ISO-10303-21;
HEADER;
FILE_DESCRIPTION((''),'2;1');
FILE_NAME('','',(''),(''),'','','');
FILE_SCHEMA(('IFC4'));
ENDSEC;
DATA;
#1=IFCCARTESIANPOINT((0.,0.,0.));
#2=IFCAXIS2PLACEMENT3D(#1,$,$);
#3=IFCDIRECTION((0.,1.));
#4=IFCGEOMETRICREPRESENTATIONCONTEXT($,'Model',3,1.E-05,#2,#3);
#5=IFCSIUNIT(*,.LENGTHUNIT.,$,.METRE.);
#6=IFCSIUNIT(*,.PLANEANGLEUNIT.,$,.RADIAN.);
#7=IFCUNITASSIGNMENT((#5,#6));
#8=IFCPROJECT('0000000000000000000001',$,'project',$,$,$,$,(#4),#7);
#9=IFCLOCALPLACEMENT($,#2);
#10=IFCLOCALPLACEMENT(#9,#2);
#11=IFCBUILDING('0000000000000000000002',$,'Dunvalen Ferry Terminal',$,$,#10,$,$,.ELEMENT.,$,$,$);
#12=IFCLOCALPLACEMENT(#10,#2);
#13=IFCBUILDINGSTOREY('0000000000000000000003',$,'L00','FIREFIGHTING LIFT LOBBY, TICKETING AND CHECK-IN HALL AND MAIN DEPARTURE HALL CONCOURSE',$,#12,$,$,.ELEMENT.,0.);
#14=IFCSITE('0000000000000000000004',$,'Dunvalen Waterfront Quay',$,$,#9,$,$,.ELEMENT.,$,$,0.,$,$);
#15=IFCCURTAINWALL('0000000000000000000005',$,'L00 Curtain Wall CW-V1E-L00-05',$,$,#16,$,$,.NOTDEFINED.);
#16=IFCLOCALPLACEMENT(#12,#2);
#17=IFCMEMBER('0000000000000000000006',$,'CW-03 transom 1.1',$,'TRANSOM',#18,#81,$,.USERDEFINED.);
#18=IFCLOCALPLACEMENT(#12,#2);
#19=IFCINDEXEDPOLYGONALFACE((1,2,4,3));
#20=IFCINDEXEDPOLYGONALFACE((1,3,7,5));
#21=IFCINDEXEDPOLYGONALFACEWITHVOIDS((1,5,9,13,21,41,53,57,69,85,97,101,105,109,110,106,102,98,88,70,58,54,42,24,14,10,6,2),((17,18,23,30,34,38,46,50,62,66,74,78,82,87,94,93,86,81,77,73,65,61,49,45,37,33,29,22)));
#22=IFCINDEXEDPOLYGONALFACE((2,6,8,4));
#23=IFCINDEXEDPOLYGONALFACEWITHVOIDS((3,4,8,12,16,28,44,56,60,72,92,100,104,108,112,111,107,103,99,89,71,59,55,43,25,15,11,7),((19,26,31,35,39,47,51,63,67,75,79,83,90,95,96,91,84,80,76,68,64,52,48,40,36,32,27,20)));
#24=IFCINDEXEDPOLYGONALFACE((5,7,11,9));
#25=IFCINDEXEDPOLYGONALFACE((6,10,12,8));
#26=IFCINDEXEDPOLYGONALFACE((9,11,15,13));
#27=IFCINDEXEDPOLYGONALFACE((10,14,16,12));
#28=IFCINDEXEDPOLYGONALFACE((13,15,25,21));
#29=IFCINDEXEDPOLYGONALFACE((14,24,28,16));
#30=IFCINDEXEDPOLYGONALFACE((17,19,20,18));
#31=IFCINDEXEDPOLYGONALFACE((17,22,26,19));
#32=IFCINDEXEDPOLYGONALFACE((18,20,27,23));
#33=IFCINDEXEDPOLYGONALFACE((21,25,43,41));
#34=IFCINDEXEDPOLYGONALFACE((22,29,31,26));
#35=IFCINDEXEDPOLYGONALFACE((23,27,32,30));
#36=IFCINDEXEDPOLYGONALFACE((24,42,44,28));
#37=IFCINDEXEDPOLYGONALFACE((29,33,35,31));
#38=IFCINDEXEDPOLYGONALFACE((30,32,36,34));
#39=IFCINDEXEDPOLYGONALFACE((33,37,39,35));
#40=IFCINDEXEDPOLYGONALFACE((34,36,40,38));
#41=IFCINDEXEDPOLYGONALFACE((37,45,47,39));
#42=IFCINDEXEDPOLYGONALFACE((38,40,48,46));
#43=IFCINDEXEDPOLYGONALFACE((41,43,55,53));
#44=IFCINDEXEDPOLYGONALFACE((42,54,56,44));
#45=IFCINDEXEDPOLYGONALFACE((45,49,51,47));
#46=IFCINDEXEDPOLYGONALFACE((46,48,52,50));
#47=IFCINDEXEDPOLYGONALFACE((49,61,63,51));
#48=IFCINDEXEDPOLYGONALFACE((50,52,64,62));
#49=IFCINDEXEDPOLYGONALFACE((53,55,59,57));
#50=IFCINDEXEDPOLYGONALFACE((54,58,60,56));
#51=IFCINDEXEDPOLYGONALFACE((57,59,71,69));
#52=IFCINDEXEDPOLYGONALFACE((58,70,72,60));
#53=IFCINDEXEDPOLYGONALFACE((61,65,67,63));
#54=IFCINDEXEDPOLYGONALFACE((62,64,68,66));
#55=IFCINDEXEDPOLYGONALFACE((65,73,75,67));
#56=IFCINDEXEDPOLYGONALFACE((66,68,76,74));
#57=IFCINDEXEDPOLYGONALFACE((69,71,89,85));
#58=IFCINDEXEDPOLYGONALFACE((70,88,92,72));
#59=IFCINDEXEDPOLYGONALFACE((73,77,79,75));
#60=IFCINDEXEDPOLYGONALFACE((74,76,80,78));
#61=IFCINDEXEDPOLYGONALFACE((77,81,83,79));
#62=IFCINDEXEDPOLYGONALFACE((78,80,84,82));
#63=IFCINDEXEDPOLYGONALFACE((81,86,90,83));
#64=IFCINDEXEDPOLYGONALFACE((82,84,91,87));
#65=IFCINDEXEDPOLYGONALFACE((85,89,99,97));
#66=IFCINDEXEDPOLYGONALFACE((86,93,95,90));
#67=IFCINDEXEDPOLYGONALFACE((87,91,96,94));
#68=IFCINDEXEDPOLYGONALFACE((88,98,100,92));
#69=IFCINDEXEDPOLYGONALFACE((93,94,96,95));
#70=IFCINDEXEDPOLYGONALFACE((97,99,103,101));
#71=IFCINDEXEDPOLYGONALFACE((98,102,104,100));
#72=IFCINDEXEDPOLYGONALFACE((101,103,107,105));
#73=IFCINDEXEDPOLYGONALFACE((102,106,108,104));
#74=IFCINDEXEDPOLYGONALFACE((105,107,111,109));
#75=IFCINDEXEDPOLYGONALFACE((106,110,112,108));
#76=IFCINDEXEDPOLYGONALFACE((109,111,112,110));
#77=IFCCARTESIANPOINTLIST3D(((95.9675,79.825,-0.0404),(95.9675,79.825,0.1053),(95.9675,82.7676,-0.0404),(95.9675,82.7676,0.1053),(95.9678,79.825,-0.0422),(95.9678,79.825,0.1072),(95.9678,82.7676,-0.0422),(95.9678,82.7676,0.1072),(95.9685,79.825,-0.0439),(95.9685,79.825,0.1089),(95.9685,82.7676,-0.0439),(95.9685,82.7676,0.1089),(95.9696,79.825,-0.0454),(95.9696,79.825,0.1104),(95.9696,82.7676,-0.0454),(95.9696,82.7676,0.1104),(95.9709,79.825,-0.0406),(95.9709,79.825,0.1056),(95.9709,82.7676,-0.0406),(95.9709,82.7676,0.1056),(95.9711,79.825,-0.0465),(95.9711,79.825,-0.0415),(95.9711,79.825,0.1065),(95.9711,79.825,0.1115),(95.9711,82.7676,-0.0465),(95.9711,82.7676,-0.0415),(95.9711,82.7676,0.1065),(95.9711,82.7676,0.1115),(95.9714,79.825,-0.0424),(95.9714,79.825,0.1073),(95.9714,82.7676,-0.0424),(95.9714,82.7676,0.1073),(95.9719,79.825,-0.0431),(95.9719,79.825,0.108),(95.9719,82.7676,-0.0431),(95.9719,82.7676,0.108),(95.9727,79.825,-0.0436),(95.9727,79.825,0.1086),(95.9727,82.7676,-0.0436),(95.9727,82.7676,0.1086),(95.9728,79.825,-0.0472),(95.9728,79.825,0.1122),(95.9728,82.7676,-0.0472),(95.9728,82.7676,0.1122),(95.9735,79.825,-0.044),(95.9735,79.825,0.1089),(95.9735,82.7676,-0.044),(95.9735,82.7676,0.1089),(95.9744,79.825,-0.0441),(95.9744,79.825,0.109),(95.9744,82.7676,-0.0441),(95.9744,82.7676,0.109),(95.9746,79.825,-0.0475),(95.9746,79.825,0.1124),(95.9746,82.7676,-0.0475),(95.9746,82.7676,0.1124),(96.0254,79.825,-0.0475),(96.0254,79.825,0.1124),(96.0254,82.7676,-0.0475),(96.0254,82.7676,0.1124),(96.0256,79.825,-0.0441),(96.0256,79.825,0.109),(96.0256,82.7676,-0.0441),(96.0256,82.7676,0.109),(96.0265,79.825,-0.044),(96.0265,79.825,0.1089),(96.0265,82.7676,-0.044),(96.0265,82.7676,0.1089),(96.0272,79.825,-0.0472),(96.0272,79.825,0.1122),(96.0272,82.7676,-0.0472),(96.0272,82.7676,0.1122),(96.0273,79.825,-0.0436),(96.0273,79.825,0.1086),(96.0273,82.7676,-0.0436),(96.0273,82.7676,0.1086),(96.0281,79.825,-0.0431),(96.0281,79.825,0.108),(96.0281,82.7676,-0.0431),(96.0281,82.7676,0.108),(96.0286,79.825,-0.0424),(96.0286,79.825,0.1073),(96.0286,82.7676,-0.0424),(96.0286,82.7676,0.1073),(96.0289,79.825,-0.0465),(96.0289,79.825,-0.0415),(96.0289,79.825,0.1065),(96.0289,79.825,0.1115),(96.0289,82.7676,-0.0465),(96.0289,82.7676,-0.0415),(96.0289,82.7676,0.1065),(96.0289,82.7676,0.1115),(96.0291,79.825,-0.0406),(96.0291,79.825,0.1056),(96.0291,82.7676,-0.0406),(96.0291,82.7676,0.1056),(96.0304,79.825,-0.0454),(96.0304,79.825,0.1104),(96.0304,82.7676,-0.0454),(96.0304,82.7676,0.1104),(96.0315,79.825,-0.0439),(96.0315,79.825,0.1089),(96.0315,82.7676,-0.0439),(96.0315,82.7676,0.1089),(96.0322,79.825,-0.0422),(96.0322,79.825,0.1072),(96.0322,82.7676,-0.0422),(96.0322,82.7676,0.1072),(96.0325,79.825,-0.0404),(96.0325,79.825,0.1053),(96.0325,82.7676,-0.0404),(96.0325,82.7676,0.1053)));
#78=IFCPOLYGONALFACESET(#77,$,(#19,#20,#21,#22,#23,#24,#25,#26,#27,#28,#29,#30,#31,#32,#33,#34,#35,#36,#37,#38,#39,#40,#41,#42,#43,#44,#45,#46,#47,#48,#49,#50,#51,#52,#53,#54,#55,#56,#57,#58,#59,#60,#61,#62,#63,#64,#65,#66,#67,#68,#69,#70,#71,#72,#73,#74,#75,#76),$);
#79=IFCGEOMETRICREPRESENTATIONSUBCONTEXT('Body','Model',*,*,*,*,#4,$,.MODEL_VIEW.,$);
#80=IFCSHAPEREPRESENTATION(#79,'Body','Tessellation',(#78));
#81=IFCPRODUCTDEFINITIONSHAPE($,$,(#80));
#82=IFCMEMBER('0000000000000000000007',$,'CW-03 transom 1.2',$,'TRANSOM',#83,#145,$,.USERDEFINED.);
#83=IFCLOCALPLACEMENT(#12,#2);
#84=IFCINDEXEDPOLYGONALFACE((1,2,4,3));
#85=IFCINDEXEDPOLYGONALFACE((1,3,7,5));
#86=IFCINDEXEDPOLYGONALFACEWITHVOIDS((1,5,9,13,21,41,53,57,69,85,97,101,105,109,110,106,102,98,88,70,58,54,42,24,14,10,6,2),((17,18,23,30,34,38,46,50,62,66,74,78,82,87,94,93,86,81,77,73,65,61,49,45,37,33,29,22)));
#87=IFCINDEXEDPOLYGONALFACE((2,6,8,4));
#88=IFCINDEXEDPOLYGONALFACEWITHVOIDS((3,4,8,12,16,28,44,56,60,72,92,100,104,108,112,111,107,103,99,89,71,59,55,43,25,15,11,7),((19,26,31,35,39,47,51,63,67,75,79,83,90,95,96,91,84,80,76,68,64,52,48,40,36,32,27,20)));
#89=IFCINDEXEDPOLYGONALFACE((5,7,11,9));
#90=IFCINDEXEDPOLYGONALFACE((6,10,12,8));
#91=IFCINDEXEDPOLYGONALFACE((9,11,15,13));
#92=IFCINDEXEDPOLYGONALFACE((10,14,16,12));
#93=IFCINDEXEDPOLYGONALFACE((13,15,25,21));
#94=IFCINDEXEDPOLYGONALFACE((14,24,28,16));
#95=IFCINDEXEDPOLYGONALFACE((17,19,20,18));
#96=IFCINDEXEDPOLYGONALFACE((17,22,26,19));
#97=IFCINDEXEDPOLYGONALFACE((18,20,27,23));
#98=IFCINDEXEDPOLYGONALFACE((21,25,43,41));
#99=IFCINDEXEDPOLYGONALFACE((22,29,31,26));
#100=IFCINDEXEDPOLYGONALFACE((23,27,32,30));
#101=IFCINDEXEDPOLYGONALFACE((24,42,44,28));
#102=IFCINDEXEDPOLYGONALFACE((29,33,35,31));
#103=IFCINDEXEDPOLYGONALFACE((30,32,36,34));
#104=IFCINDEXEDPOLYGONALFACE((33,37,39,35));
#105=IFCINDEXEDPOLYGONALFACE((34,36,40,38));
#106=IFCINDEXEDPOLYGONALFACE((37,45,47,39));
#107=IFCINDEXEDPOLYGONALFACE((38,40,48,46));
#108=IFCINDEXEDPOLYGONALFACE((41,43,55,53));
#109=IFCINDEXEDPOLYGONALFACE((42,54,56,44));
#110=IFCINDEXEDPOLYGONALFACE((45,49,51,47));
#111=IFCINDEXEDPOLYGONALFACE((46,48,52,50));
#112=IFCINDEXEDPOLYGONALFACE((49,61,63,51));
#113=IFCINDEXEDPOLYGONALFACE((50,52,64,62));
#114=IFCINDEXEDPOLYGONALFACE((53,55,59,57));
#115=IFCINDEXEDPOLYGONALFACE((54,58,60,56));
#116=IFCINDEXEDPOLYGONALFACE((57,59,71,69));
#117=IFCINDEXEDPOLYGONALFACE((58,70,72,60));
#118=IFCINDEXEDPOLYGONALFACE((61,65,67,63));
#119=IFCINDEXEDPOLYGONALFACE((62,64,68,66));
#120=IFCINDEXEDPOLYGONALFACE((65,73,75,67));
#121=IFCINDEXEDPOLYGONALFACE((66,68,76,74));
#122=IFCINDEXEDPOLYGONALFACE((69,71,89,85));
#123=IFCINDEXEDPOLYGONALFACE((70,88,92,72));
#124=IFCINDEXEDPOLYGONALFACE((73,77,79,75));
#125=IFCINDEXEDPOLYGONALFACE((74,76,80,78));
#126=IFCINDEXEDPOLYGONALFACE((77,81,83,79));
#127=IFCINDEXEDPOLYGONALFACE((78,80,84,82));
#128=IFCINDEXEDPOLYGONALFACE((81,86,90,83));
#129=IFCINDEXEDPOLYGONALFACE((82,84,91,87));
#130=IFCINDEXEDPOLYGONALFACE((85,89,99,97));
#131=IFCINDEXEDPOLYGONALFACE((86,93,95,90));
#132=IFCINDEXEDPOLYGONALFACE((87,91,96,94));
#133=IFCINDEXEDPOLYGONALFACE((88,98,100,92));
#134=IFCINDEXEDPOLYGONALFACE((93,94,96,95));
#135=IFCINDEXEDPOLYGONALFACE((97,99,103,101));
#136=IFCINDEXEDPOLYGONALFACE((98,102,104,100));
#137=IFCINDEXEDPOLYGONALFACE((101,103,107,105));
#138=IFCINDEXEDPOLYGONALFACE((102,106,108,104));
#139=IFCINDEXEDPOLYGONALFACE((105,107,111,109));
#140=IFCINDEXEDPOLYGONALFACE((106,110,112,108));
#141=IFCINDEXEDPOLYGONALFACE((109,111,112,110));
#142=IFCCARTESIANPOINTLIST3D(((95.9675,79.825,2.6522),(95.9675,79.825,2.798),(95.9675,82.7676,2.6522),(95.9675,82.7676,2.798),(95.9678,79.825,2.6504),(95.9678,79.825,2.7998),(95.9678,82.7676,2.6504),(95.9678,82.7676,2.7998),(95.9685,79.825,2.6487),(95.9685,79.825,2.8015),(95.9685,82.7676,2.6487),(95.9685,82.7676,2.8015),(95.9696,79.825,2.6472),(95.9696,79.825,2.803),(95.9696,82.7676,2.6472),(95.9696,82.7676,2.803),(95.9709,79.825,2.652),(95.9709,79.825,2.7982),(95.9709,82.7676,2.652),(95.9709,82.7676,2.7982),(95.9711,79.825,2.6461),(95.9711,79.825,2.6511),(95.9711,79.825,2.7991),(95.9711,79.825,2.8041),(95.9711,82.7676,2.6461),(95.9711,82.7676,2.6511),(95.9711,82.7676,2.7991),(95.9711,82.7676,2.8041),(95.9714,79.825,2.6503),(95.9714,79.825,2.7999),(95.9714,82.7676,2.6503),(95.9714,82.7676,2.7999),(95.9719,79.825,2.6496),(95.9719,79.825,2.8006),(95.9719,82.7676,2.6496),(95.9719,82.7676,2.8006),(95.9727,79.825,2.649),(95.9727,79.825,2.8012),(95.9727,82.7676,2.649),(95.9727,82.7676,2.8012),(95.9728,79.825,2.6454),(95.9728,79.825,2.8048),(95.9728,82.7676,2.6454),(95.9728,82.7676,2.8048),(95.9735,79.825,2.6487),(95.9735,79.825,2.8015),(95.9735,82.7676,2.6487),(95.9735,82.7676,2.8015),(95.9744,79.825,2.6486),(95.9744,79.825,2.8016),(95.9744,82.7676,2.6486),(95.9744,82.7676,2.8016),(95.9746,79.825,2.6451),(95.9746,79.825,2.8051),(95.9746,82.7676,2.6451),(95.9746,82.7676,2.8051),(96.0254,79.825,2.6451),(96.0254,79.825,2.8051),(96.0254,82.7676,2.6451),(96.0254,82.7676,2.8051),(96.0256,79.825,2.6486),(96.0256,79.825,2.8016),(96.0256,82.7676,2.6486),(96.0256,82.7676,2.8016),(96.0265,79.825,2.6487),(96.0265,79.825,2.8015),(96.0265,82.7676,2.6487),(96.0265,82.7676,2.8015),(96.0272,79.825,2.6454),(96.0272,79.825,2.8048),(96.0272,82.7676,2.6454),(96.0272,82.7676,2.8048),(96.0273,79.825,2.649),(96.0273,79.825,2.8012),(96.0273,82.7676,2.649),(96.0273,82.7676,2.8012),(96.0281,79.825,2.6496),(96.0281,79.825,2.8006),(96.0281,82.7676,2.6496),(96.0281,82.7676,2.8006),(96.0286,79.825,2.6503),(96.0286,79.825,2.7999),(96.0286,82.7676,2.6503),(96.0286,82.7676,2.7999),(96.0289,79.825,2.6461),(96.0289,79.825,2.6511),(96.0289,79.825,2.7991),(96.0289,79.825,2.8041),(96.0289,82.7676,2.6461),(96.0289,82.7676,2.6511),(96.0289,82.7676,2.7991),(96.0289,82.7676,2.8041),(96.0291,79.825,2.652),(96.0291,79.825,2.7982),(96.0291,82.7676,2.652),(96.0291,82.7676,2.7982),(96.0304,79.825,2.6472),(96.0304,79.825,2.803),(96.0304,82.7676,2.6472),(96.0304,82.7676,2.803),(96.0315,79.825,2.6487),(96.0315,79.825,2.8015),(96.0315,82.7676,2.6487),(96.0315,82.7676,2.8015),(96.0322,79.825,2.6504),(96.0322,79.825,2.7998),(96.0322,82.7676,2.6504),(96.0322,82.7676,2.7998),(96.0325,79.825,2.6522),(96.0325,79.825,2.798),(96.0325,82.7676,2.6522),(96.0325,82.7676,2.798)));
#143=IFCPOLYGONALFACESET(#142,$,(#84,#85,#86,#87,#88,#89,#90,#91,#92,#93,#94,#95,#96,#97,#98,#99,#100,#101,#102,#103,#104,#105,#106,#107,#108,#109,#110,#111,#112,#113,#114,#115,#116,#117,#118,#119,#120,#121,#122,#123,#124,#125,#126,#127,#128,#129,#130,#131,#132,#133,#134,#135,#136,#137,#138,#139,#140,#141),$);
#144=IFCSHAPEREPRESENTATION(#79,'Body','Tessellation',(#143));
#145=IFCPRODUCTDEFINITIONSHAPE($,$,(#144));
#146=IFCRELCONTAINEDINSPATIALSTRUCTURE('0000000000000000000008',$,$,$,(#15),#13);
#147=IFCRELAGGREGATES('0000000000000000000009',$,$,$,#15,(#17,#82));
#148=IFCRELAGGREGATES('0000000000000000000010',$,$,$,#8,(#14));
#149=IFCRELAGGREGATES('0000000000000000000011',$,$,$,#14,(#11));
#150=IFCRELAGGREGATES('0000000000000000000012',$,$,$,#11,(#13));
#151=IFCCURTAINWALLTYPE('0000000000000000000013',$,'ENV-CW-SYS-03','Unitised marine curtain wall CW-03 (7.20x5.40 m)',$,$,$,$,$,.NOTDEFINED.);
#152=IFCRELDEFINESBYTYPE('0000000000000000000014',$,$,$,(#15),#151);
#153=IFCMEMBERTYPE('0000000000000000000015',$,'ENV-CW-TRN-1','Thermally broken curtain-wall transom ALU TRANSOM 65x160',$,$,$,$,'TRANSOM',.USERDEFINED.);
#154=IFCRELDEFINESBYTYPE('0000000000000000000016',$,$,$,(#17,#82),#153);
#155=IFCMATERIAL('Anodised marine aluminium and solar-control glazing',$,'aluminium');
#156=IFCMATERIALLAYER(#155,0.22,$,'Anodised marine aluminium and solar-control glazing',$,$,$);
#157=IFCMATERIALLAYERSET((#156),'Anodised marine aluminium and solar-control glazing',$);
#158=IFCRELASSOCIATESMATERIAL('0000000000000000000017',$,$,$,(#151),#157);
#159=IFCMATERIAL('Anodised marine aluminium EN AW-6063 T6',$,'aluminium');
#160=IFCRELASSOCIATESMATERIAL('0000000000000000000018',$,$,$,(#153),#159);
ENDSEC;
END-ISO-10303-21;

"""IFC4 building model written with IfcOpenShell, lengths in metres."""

from ifc_helpers import new_model, si_unit, direction, frame, origin, origin_2d, place, context, subcontext, project, spatial, hollow_rectangle, extrude, material, layer, layer_set, material_profile, profile_set, type_object, element, aggregate, save


model = new_model("IFC4")

# Units and contexts
model_context = context("Model", 3, precision=1e-05, world=origin(), true_north=direction((0.0, 1.0)))
body_context = subcontext(model_context, "Body", "Model", "MODEL_VIEW")
ifc_project = project(units=[si_unit("LENGTHUNIT", "METRE"), si_unit("PLANEANGLEUNIT", "RADIAN")], contexts=[model_context])

# Site, building, storey
site_placement = place(None, origin())
site = spatial("IfcSite", under=ifc_project, at=site_placement, Name="Dunvalen Waterfront Quay", CompositionType="ELEMENT", RefElevation=0.0)
building_placement = place(site_placement, origin())
building = spatial("IfcBuilding", under=site, at=building_placement, Name="Dunvalen Ferry Terminal", CompositionType="ELEMENT")
storey_placement = place(building_placement, origin())
storey = spatial("IfcBuildingStorey", under=building, at=storey_placement, Name="L00", Description="FIREFIGHTING LIFT LOBBY, TICKETING AND CHECK-IN HALL AND MAIN DEPARTURE HALL CONCOURSE", CompositionType="ELEMENT", Elevation=0.0)

# Shared definitions
ifc_material_1 = material(Name="Anodised marine aluminium and solar-control glazing", Category="aluminium")
ifc_layer_1 = layer(ifc_material_1, 0.22, Name="Anodised marine aluminium and solar-control glazing")
ifc_layer_set_1 = layer_set([ifc_layer_1], Name="Anodised marine aluminium and solar-control glazing")
curtain_wall_type = type_object("IfcCurtainWallType", Name="ENV-CW-SYS-03", Description="Unitised marine curtain wall CW-03 (7.20x5.40 m)", PredefinedType="NOTDEFINED", material=ifc_layer_set_1)
ifc_material_2 = material(Name="Anodised marine aluminium EN AW-6063 T6", Category="aluminium")

# Curtain wall, members
curtain_wall_1_placement = place(storey_placement, origin())
curtain_wall_1 = element("IfcCurtainWall", 1, at=curtain_wall_1_placement, inside=storey, type_object=curtain_wall_type, Name="L00 Curtain Wall CW-V1E-L00-05", PredefinedType="NOTDEFINED")
ifc_material_profile_1 = material_profile(ifc_material_2, hollow_rectangle(XDim=0.0649, YDim=0.1599, WallThickness=0.0034, InnerFilletRadius=0.0034, OuterFilletRadius=0.0071, at=origin_2d()), Name="Anodised marine aluminium EN AW-6063 T6")
ifc_profile_set_1 = profile_set([ifc_material_profile_1], Name="Anodised marine aluminium EN AW-6063 T6")
member_type_1 = type_object("IfcMemberType", Name="ENV-CW-TRN-1", Description="Thermally broken curtain-wall transom ALU TRANSOM 65x160", ElementType="TRANSOM", PredefinedType="USERDEFINED", material=ifc_profile_set_1)
member_1_placement = place(storey_placement, frame((96.0, 79.825, 0.0325), z_axis=(0.0, 1.0, 0.0), x_axis=(-1.0, 0.0, 0.0)))
member_1 = element("IfcMember", 2, at=member_1_placement, type_object=member_type_1, Name="CW-03 transom 1.1", ObjectType="TRANSOM", PredefinedType="USERDEFINED", context=body_context, shape_type="SweptSolid", body=[
    extrude(hollow_rectangle(XDim=0.0649, YDim=0.1599, WallThickness=0.0034, InnerFilletRadius=0.0034, OuterFilletRadius=0.0071, at=origin_2d()), origin(), (0.0, 0.0, 1.0), 2.9426),
])
member_2_placement = place(storey_placement, frame((96.0, 79.825, 2.7251), z_axis=(0.0, 1.0, 0.0), x_axis=(-1.0, 0.0, 0.0)))
member_2 = element("IfcMember", 3, at=member_2_placement, type_object=member_type_1, Name="CW-03 transom 1.2", ObjectType="TRANSOM", PredefinedType="USERDEFINED", context=body_context, shape_type="SweptSolid", body=[
    extrude(hollow_rectangle(XDim=0.0649, YDim=0.1599, WallThickness=0.0034, InnerFilletRadius=0.0034, OuterFilletRadius=0.0071, at=origin_2d()), origin(), (0.0, 0.0, 1.0), 2.9426),
])

aggregate(curtain_wall_1, [member_1, member_2])

save(model, "model.ifc")
